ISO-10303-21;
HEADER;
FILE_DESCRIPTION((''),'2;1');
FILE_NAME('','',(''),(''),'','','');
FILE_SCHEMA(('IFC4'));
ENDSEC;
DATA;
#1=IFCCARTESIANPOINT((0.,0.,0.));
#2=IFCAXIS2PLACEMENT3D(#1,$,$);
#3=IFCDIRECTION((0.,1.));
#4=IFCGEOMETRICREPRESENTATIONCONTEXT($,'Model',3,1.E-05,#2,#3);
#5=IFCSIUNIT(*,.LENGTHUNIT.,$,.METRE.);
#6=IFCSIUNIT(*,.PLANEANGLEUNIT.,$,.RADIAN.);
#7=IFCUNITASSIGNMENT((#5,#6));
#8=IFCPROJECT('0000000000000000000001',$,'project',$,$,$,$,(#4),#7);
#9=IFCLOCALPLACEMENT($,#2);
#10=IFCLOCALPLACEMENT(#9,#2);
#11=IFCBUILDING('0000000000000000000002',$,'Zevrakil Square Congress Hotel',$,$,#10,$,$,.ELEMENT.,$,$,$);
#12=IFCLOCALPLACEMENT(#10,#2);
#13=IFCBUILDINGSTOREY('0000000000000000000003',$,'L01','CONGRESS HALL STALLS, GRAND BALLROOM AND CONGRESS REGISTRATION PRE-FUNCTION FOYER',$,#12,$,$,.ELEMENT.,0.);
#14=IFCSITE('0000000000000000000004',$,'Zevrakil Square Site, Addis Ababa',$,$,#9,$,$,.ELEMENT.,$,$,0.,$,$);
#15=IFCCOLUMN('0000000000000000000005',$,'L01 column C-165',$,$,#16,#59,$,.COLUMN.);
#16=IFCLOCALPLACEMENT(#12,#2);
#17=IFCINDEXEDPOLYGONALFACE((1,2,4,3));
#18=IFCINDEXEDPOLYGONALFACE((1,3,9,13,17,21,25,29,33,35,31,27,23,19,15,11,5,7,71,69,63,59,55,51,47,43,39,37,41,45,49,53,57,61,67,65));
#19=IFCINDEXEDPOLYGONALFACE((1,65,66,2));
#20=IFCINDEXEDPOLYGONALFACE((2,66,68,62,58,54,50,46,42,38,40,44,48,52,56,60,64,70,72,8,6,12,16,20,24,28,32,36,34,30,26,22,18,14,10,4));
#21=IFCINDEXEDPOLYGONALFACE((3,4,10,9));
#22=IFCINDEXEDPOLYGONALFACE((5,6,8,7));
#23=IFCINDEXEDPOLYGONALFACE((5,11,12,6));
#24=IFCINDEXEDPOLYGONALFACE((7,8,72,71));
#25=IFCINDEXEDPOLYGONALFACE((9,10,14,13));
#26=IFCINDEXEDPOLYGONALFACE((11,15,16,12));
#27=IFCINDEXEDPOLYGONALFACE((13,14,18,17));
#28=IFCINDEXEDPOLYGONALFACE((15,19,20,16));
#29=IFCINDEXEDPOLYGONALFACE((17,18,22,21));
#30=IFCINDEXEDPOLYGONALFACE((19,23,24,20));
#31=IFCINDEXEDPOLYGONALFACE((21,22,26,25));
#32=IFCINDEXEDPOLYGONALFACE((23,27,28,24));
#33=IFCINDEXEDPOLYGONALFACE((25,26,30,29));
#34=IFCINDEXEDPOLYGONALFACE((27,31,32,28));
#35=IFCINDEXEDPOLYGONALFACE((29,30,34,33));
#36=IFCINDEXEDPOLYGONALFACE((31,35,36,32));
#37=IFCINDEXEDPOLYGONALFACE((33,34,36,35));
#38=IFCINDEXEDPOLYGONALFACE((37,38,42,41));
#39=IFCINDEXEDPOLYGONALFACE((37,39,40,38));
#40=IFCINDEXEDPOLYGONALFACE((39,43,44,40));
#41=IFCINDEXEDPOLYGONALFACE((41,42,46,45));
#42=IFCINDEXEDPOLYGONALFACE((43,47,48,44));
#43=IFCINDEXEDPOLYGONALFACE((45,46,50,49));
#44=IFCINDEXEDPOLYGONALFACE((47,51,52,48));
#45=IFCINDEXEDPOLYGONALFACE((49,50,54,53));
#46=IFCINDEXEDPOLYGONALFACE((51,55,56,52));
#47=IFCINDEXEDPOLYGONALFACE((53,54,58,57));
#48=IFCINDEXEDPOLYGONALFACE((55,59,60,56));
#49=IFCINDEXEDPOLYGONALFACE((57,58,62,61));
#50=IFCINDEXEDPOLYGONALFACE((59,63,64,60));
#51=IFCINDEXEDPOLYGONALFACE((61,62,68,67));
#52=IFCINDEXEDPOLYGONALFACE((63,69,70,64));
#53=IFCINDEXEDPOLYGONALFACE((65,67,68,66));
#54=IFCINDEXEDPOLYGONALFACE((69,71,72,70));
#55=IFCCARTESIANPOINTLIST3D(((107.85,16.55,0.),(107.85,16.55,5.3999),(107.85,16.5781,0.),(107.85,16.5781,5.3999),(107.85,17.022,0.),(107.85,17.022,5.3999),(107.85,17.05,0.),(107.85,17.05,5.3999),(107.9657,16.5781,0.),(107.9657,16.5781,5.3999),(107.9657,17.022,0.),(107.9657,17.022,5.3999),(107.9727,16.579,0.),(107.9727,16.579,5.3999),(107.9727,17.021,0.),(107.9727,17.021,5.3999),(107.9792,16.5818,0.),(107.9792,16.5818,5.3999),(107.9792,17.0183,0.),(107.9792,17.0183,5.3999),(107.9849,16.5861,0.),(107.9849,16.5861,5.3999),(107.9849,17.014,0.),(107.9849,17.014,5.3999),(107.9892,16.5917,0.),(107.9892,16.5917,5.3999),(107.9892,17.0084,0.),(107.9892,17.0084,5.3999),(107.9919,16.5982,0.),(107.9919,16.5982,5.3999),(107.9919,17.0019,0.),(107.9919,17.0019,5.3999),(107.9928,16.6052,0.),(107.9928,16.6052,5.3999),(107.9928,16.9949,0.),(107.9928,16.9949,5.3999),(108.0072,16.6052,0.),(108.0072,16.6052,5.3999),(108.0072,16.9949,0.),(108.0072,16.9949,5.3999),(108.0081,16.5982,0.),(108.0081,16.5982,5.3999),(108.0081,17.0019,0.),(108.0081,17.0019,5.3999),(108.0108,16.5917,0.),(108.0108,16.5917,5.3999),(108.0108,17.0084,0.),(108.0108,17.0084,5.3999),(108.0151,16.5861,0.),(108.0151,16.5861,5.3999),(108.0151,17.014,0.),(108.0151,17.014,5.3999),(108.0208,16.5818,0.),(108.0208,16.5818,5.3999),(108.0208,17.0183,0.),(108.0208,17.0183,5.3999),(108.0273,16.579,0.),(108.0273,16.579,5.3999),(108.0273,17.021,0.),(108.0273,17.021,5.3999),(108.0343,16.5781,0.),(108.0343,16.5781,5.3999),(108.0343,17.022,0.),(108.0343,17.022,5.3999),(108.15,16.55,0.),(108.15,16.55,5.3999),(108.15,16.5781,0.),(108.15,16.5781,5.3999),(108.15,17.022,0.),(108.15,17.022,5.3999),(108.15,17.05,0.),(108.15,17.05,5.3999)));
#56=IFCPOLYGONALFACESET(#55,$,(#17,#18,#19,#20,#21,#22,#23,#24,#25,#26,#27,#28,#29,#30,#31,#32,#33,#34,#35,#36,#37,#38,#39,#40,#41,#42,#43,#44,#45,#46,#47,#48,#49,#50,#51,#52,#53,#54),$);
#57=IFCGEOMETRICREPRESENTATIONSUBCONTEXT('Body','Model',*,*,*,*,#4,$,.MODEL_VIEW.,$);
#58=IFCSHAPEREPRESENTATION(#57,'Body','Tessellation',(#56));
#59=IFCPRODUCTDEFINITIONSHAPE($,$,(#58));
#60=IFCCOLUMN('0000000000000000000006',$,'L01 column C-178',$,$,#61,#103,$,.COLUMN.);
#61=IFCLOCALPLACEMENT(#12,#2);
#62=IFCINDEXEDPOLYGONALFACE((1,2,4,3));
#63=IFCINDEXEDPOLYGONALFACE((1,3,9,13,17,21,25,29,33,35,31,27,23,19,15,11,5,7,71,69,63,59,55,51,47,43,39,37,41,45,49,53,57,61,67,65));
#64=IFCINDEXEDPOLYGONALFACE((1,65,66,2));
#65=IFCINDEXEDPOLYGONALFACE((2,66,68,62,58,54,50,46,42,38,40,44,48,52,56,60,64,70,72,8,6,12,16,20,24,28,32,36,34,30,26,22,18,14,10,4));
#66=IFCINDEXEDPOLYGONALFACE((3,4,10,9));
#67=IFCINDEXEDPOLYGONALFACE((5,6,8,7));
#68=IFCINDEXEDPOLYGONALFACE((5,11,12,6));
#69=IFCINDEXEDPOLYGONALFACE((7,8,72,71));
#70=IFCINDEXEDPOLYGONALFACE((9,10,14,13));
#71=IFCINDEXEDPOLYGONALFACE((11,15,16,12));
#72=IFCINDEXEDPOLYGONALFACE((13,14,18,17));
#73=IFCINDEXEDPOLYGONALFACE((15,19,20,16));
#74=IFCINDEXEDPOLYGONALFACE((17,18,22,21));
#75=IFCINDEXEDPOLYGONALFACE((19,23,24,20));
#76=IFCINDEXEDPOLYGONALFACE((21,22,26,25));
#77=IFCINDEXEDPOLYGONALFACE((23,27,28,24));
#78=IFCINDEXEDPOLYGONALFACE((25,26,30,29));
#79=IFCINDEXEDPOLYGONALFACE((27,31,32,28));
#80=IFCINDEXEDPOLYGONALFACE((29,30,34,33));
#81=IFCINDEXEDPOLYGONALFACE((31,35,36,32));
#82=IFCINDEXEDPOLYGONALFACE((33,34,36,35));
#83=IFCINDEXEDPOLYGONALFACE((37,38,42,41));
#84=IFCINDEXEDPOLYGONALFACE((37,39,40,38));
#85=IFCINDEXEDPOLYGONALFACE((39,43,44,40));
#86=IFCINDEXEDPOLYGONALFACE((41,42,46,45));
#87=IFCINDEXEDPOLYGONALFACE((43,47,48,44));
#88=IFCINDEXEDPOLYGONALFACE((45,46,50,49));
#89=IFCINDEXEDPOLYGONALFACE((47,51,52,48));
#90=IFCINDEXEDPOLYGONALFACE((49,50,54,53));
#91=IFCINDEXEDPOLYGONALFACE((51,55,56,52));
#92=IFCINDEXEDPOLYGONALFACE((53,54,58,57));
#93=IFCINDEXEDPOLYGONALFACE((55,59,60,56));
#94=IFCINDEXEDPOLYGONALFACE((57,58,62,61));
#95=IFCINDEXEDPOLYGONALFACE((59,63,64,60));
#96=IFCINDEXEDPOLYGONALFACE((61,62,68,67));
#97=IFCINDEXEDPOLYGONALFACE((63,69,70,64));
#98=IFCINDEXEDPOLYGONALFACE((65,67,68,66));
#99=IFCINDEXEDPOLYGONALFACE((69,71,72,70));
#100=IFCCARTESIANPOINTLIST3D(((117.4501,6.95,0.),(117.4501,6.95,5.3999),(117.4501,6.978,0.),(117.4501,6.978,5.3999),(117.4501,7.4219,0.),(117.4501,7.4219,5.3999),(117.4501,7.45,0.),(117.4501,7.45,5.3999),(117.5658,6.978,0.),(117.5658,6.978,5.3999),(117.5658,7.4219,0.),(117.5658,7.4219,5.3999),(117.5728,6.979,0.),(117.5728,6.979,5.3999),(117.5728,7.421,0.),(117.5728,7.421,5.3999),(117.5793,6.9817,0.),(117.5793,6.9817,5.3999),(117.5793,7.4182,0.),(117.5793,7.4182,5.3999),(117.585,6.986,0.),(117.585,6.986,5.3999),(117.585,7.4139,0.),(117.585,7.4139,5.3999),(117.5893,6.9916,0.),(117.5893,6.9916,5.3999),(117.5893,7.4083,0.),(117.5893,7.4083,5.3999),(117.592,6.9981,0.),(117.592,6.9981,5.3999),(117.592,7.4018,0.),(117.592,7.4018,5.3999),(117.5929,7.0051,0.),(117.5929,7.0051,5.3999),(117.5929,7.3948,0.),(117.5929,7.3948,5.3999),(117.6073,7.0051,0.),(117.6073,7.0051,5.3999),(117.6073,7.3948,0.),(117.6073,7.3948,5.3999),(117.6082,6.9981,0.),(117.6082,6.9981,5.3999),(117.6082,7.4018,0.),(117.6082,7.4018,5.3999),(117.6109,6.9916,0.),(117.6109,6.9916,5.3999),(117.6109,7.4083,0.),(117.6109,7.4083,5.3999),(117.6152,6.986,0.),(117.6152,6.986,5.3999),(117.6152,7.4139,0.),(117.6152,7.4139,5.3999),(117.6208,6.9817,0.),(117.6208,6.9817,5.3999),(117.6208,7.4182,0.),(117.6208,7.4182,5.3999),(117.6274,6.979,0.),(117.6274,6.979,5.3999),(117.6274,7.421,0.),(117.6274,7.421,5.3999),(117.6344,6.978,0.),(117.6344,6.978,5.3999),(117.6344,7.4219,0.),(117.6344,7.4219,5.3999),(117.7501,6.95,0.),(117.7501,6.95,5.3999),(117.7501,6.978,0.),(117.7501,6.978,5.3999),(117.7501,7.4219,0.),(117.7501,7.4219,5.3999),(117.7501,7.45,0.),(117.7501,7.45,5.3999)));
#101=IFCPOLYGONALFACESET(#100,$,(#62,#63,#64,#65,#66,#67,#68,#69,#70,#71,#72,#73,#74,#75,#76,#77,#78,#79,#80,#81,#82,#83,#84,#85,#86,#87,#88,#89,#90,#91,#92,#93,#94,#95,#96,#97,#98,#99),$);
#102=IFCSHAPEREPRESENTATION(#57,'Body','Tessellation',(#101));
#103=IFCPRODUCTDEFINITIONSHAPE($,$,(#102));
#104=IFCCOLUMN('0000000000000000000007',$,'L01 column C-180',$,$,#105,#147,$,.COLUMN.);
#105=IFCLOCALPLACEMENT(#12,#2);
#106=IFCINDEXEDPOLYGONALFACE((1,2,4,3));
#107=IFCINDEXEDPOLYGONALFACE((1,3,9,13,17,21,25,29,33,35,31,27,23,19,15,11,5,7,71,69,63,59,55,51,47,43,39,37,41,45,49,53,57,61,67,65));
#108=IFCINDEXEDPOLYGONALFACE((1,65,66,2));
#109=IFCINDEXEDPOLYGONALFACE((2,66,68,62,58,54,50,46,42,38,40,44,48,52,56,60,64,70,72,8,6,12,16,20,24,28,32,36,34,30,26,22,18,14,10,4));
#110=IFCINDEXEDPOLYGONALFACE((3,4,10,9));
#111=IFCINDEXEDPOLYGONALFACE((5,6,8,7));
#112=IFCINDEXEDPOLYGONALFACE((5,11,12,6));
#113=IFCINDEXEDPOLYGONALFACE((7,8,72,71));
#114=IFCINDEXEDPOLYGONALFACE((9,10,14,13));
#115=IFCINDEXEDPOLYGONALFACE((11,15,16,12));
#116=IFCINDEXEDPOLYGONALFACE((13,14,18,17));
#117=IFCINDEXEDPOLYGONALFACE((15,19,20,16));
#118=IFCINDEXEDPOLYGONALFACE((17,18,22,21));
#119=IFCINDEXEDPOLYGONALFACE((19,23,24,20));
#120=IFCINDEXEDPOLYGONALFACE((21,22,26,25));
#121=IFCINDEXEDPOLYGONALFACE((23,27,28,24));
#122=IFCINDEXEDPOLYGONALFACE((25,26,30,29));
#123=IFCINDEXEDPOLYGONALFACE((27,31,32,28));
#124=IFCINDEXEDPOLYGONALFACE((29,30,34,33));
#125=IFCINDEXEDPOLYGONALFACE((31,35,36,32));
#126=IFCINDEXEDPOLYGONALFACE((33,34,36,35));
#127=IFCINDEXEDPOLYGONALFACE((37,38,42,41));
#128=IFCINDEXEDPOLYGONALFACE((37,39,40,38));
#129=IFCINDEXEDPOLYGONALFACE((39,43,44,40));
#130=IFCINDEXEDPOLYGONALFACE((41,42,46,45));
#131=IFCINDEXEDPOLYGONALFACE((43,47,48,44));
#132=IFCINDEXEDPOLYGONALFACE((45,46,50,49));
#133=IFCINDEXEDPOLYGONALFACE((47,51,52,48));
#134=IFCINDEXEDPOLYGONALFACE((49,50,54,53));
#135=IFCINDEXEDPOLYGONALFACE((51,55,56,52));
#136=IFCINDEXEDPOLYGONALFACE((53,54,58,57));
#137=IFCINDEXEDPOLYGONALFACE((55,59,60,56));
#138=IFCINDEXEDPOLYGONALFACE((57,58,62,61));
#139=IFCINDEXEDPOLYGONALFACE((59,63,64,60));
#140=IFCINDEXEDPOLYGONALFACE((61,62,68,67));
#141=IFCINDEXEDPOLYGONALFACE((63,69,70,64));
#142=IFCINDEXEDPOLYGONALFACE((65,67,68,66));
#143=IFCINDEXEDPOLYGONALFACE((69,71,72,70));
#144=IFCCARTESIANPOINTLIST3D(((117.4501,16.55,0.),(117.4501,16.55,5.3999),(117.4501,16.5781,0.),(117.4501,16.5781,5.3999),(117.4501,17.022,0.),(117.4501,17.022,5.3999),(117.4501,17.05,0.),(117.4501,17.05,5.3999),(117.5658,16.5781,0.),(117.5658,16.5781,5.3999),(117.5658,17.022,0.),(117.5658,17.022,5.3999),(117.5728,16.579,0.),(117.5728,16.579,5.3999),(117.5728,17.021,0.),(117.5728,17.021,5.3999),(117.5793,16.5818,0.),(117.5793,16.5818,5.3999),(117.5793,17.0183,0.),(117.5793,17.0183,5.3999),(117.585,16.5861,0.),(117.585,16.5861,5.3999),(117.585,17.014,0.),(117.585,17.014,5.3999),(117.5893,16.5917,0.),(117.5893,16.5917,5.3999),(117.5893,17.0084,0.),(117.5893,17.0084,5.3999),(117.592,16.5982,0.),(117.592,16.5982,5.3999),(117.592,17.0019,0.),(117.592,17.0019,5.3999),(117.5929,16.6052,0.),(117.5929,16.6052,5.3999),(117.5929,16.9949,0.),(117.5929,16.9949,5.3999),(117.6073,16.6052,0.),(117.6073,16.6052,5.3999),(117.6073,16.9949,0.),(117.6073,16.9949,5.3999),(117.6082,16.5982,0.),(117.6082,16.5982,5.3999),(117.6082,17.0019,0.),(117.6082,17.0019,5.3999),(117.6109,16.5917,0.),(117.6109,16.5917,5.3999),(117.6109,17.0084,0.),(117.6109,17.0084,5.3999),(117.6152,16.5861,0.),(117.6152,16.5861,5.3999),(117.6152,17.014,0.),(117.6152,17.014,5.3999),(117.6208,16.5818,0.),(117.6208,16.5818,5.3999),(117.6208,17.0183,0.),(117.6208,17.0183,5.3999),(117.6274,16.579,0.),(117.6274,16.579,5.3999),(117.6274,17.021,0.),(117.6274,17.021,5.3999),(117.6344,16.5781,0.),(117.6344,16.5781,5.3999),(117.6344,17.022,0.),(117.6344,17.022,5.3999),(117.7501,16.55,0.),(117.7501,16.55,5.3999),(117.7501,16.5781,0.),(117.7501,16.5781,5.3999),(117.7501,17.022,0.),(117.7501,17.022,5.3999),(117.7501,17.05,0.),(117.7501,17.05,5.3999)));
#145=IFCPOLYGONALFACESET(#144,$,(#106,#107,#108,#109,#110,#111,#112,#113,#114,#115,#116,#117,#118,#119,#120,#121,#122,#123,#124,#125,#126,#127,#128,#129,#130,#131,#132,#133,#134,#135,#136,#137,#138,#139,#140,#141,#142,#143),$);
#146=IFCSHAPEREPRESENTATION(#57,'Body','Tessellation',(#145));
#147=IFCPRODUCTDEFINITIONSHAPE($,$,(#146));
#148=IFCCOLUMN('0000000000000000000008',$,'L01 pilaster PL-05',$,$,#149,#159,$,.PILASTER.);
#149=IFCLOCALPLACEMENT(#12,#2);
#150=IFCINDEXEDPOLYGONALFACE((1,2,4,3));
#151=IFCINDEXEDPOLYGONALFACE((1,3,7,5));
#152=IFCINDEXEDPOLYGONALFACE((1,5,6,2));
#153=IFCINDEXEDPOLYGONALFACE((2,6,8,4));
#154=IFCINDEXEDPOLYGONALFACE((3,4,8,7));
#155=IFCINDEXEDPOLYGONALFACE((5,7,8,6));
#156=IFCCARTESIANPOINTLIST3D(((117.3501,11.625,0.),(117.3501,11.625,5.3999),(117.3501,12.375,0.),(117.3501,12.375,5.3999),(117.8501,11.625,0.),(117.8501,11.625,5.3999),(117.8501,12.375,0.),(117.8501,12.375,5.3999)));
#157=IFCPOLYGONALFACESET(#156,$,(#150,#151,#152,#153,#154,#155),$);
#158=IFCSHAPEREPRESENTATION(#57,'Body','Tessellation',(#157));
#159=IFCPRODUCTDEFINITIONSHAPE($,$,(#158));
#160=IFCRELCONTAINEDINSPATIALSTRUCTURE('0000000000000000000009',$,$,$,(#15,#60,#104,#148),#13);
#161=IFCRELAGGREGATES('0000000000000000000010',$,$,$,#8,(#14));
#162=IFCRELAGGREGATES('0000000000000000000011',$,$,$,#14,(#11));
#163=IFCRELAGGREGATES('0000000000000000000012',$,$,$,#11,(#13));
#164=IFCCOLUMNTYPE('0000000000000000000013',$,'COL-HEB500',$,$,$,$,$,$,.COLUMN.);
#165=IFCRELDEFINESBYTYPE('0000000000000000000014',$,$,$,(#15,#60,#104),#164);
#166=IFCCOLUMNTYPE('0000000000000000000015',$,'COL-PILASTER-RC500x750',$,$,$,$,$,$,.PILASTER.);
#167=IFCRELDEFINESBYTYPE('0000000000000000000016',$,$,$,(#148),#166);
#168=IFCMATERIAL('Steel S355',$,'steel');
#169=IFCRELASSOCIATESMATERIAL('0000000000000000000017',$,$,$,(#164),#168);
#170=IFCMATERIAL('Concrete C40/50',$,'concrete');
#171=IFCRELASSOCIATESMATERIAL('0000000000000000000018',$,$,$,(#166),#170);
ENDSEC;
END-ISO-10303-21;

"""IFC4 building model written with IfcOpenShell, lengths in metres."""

from ifc_helpers import new_model, si_unit, direction, frame, origin, origin_2d, place, context, subcontext, project, spatial, rectangle, i_section, extrude, material, material_profile, profile_set, type_object, element, save


model = new_model("IFC4")

# Units and contexts
model_context = context("Model", 3, precision=1e-05, world=origin(), true_north=direction((0.0, 1.0)))
body_context = subcontext(model_context, "Body", "Model", "MODEL_VIEW")
ifc_project = project(units=[si_unit("LENGTHUNIT", "METRE"), si_unit("PLANEANGLEUNIT", "RADIAN")], contexts=[model_context])

# Site, building, storey
site_placement = place(None, origin())
site = spatial("IfcSite", under=ifc_project, at=site_placement, Name="Zevrakil Square Site, Addis Ababa", CompositionType="ELEMENT", RefElevation=0.0)
building_placement = place(site_placement, origin())
building = spatial("IfcBuilding", under=site, at=building_placement, Name="Zevrakil Square Congress Hotel", CompositionType="ELEMENT")
storey_placement = place(building_placement, origin())
storey = spatial("IfcBuildingStorey", under=building, at=storey_placement, Name="L01", Description="CONGRESS HALL STALLS, GRAND BALLROOM AND CONGRESS REGISTRATION PRE-FUNCTION FOYER", CompositionType="ELEMENT", Elevation=0.0)

# Columns
ifc_material_1 = material(Name="Steel S355", Category="steel")
ifc_material_profile_1 = material_profile(ifc_material_1, i_section(OverallWidth=0.3, OverallDepth=0.5, WebThickness=0.0144, FlangeThickness=0.0281, FilletRadius=0.0271, at=origin_2d()), Name="HEB 500")
ifc_profile_set_1 = profile_set([ifc_material_profile_1], Name="Steel S355")
column_type_1 = type_object("IfcColumnType", Name="COL-HEB500", PredefinedType="COLUMN", material=ifc_profile_set_1)
for number, where, z_axis, x_axis, name in (
    (1, (108.0, 16.8, 0.0), (0.0, 0.0, 1.0), (1.0, 0.0, 0.0), "L01 column C-165"),
    (2, (117.6001, 7.2, 0.0), (0.0, 0.0, 1.0), (1.0, 0.0, 0.0), "L01 column C-178"),
    (3, (117.6001, 16.8, 0.0), (0.0, 0.0, 1.0), (1.0, 0.0, 0.0), "L01 column C-180"),
):
    element("IfcColumn", number, at=place(storey_placement, frame(where, z_axis=z_axis, x_axis=x_axis)), inside=storey, type_object=column_type_1, Name=name, PredefinedType="COLUMN", context=body_context, shape_type="SweptSolid", body=[
        extrude(i_section(OverallWidth=0.3, OverallDepth=0.5, WebThickness=0.0144, FlangeThickness=0.0281, FilletRadius=0.0271, at=origin_2d()), origin(), (0.0, 0.0, 1.0), 5.3999),
    ])
ifc_material_2 = material(Name="Concrete C40/50", Category="concrete")
ifc_material_profile_2 = material_profile(ifc_material_2, rectangle(XDim=0.5, YDim=0.75, at=origin_2d()), Name="RC 500x750")
ifc_profile_set_2 = profile_set([ifc_material_profile_2], Name="Concrete C40/50")
column_type_2 = type_object("IfcColumnType", Name="COL-PILASTER-RC500x750", PredefinedType="PILASTER", material=ifc_profile_set_2)
column_1_placement = place(storey_placement, frame((117.6001, 12.0, 0.0), z_axis=(0.0, 0.0, 1.0), x_axis=(1.0, 0.0, 0.0)))
element("IfcColumn", 4, at=column_1_placement, inside=storey, type_object=column_type_2, Name="L01 pilaster PL-05", PredefinedType="PILASTER", context=body_context, shape_type="SweptSolid", body=[
    extrude(rectangle(XDim=0.5, YDim=0.75, at=origin_2d()), origin(), (0.0, 0.0, 1.0), 5.3999),
])

save(model, "model.ifc")
